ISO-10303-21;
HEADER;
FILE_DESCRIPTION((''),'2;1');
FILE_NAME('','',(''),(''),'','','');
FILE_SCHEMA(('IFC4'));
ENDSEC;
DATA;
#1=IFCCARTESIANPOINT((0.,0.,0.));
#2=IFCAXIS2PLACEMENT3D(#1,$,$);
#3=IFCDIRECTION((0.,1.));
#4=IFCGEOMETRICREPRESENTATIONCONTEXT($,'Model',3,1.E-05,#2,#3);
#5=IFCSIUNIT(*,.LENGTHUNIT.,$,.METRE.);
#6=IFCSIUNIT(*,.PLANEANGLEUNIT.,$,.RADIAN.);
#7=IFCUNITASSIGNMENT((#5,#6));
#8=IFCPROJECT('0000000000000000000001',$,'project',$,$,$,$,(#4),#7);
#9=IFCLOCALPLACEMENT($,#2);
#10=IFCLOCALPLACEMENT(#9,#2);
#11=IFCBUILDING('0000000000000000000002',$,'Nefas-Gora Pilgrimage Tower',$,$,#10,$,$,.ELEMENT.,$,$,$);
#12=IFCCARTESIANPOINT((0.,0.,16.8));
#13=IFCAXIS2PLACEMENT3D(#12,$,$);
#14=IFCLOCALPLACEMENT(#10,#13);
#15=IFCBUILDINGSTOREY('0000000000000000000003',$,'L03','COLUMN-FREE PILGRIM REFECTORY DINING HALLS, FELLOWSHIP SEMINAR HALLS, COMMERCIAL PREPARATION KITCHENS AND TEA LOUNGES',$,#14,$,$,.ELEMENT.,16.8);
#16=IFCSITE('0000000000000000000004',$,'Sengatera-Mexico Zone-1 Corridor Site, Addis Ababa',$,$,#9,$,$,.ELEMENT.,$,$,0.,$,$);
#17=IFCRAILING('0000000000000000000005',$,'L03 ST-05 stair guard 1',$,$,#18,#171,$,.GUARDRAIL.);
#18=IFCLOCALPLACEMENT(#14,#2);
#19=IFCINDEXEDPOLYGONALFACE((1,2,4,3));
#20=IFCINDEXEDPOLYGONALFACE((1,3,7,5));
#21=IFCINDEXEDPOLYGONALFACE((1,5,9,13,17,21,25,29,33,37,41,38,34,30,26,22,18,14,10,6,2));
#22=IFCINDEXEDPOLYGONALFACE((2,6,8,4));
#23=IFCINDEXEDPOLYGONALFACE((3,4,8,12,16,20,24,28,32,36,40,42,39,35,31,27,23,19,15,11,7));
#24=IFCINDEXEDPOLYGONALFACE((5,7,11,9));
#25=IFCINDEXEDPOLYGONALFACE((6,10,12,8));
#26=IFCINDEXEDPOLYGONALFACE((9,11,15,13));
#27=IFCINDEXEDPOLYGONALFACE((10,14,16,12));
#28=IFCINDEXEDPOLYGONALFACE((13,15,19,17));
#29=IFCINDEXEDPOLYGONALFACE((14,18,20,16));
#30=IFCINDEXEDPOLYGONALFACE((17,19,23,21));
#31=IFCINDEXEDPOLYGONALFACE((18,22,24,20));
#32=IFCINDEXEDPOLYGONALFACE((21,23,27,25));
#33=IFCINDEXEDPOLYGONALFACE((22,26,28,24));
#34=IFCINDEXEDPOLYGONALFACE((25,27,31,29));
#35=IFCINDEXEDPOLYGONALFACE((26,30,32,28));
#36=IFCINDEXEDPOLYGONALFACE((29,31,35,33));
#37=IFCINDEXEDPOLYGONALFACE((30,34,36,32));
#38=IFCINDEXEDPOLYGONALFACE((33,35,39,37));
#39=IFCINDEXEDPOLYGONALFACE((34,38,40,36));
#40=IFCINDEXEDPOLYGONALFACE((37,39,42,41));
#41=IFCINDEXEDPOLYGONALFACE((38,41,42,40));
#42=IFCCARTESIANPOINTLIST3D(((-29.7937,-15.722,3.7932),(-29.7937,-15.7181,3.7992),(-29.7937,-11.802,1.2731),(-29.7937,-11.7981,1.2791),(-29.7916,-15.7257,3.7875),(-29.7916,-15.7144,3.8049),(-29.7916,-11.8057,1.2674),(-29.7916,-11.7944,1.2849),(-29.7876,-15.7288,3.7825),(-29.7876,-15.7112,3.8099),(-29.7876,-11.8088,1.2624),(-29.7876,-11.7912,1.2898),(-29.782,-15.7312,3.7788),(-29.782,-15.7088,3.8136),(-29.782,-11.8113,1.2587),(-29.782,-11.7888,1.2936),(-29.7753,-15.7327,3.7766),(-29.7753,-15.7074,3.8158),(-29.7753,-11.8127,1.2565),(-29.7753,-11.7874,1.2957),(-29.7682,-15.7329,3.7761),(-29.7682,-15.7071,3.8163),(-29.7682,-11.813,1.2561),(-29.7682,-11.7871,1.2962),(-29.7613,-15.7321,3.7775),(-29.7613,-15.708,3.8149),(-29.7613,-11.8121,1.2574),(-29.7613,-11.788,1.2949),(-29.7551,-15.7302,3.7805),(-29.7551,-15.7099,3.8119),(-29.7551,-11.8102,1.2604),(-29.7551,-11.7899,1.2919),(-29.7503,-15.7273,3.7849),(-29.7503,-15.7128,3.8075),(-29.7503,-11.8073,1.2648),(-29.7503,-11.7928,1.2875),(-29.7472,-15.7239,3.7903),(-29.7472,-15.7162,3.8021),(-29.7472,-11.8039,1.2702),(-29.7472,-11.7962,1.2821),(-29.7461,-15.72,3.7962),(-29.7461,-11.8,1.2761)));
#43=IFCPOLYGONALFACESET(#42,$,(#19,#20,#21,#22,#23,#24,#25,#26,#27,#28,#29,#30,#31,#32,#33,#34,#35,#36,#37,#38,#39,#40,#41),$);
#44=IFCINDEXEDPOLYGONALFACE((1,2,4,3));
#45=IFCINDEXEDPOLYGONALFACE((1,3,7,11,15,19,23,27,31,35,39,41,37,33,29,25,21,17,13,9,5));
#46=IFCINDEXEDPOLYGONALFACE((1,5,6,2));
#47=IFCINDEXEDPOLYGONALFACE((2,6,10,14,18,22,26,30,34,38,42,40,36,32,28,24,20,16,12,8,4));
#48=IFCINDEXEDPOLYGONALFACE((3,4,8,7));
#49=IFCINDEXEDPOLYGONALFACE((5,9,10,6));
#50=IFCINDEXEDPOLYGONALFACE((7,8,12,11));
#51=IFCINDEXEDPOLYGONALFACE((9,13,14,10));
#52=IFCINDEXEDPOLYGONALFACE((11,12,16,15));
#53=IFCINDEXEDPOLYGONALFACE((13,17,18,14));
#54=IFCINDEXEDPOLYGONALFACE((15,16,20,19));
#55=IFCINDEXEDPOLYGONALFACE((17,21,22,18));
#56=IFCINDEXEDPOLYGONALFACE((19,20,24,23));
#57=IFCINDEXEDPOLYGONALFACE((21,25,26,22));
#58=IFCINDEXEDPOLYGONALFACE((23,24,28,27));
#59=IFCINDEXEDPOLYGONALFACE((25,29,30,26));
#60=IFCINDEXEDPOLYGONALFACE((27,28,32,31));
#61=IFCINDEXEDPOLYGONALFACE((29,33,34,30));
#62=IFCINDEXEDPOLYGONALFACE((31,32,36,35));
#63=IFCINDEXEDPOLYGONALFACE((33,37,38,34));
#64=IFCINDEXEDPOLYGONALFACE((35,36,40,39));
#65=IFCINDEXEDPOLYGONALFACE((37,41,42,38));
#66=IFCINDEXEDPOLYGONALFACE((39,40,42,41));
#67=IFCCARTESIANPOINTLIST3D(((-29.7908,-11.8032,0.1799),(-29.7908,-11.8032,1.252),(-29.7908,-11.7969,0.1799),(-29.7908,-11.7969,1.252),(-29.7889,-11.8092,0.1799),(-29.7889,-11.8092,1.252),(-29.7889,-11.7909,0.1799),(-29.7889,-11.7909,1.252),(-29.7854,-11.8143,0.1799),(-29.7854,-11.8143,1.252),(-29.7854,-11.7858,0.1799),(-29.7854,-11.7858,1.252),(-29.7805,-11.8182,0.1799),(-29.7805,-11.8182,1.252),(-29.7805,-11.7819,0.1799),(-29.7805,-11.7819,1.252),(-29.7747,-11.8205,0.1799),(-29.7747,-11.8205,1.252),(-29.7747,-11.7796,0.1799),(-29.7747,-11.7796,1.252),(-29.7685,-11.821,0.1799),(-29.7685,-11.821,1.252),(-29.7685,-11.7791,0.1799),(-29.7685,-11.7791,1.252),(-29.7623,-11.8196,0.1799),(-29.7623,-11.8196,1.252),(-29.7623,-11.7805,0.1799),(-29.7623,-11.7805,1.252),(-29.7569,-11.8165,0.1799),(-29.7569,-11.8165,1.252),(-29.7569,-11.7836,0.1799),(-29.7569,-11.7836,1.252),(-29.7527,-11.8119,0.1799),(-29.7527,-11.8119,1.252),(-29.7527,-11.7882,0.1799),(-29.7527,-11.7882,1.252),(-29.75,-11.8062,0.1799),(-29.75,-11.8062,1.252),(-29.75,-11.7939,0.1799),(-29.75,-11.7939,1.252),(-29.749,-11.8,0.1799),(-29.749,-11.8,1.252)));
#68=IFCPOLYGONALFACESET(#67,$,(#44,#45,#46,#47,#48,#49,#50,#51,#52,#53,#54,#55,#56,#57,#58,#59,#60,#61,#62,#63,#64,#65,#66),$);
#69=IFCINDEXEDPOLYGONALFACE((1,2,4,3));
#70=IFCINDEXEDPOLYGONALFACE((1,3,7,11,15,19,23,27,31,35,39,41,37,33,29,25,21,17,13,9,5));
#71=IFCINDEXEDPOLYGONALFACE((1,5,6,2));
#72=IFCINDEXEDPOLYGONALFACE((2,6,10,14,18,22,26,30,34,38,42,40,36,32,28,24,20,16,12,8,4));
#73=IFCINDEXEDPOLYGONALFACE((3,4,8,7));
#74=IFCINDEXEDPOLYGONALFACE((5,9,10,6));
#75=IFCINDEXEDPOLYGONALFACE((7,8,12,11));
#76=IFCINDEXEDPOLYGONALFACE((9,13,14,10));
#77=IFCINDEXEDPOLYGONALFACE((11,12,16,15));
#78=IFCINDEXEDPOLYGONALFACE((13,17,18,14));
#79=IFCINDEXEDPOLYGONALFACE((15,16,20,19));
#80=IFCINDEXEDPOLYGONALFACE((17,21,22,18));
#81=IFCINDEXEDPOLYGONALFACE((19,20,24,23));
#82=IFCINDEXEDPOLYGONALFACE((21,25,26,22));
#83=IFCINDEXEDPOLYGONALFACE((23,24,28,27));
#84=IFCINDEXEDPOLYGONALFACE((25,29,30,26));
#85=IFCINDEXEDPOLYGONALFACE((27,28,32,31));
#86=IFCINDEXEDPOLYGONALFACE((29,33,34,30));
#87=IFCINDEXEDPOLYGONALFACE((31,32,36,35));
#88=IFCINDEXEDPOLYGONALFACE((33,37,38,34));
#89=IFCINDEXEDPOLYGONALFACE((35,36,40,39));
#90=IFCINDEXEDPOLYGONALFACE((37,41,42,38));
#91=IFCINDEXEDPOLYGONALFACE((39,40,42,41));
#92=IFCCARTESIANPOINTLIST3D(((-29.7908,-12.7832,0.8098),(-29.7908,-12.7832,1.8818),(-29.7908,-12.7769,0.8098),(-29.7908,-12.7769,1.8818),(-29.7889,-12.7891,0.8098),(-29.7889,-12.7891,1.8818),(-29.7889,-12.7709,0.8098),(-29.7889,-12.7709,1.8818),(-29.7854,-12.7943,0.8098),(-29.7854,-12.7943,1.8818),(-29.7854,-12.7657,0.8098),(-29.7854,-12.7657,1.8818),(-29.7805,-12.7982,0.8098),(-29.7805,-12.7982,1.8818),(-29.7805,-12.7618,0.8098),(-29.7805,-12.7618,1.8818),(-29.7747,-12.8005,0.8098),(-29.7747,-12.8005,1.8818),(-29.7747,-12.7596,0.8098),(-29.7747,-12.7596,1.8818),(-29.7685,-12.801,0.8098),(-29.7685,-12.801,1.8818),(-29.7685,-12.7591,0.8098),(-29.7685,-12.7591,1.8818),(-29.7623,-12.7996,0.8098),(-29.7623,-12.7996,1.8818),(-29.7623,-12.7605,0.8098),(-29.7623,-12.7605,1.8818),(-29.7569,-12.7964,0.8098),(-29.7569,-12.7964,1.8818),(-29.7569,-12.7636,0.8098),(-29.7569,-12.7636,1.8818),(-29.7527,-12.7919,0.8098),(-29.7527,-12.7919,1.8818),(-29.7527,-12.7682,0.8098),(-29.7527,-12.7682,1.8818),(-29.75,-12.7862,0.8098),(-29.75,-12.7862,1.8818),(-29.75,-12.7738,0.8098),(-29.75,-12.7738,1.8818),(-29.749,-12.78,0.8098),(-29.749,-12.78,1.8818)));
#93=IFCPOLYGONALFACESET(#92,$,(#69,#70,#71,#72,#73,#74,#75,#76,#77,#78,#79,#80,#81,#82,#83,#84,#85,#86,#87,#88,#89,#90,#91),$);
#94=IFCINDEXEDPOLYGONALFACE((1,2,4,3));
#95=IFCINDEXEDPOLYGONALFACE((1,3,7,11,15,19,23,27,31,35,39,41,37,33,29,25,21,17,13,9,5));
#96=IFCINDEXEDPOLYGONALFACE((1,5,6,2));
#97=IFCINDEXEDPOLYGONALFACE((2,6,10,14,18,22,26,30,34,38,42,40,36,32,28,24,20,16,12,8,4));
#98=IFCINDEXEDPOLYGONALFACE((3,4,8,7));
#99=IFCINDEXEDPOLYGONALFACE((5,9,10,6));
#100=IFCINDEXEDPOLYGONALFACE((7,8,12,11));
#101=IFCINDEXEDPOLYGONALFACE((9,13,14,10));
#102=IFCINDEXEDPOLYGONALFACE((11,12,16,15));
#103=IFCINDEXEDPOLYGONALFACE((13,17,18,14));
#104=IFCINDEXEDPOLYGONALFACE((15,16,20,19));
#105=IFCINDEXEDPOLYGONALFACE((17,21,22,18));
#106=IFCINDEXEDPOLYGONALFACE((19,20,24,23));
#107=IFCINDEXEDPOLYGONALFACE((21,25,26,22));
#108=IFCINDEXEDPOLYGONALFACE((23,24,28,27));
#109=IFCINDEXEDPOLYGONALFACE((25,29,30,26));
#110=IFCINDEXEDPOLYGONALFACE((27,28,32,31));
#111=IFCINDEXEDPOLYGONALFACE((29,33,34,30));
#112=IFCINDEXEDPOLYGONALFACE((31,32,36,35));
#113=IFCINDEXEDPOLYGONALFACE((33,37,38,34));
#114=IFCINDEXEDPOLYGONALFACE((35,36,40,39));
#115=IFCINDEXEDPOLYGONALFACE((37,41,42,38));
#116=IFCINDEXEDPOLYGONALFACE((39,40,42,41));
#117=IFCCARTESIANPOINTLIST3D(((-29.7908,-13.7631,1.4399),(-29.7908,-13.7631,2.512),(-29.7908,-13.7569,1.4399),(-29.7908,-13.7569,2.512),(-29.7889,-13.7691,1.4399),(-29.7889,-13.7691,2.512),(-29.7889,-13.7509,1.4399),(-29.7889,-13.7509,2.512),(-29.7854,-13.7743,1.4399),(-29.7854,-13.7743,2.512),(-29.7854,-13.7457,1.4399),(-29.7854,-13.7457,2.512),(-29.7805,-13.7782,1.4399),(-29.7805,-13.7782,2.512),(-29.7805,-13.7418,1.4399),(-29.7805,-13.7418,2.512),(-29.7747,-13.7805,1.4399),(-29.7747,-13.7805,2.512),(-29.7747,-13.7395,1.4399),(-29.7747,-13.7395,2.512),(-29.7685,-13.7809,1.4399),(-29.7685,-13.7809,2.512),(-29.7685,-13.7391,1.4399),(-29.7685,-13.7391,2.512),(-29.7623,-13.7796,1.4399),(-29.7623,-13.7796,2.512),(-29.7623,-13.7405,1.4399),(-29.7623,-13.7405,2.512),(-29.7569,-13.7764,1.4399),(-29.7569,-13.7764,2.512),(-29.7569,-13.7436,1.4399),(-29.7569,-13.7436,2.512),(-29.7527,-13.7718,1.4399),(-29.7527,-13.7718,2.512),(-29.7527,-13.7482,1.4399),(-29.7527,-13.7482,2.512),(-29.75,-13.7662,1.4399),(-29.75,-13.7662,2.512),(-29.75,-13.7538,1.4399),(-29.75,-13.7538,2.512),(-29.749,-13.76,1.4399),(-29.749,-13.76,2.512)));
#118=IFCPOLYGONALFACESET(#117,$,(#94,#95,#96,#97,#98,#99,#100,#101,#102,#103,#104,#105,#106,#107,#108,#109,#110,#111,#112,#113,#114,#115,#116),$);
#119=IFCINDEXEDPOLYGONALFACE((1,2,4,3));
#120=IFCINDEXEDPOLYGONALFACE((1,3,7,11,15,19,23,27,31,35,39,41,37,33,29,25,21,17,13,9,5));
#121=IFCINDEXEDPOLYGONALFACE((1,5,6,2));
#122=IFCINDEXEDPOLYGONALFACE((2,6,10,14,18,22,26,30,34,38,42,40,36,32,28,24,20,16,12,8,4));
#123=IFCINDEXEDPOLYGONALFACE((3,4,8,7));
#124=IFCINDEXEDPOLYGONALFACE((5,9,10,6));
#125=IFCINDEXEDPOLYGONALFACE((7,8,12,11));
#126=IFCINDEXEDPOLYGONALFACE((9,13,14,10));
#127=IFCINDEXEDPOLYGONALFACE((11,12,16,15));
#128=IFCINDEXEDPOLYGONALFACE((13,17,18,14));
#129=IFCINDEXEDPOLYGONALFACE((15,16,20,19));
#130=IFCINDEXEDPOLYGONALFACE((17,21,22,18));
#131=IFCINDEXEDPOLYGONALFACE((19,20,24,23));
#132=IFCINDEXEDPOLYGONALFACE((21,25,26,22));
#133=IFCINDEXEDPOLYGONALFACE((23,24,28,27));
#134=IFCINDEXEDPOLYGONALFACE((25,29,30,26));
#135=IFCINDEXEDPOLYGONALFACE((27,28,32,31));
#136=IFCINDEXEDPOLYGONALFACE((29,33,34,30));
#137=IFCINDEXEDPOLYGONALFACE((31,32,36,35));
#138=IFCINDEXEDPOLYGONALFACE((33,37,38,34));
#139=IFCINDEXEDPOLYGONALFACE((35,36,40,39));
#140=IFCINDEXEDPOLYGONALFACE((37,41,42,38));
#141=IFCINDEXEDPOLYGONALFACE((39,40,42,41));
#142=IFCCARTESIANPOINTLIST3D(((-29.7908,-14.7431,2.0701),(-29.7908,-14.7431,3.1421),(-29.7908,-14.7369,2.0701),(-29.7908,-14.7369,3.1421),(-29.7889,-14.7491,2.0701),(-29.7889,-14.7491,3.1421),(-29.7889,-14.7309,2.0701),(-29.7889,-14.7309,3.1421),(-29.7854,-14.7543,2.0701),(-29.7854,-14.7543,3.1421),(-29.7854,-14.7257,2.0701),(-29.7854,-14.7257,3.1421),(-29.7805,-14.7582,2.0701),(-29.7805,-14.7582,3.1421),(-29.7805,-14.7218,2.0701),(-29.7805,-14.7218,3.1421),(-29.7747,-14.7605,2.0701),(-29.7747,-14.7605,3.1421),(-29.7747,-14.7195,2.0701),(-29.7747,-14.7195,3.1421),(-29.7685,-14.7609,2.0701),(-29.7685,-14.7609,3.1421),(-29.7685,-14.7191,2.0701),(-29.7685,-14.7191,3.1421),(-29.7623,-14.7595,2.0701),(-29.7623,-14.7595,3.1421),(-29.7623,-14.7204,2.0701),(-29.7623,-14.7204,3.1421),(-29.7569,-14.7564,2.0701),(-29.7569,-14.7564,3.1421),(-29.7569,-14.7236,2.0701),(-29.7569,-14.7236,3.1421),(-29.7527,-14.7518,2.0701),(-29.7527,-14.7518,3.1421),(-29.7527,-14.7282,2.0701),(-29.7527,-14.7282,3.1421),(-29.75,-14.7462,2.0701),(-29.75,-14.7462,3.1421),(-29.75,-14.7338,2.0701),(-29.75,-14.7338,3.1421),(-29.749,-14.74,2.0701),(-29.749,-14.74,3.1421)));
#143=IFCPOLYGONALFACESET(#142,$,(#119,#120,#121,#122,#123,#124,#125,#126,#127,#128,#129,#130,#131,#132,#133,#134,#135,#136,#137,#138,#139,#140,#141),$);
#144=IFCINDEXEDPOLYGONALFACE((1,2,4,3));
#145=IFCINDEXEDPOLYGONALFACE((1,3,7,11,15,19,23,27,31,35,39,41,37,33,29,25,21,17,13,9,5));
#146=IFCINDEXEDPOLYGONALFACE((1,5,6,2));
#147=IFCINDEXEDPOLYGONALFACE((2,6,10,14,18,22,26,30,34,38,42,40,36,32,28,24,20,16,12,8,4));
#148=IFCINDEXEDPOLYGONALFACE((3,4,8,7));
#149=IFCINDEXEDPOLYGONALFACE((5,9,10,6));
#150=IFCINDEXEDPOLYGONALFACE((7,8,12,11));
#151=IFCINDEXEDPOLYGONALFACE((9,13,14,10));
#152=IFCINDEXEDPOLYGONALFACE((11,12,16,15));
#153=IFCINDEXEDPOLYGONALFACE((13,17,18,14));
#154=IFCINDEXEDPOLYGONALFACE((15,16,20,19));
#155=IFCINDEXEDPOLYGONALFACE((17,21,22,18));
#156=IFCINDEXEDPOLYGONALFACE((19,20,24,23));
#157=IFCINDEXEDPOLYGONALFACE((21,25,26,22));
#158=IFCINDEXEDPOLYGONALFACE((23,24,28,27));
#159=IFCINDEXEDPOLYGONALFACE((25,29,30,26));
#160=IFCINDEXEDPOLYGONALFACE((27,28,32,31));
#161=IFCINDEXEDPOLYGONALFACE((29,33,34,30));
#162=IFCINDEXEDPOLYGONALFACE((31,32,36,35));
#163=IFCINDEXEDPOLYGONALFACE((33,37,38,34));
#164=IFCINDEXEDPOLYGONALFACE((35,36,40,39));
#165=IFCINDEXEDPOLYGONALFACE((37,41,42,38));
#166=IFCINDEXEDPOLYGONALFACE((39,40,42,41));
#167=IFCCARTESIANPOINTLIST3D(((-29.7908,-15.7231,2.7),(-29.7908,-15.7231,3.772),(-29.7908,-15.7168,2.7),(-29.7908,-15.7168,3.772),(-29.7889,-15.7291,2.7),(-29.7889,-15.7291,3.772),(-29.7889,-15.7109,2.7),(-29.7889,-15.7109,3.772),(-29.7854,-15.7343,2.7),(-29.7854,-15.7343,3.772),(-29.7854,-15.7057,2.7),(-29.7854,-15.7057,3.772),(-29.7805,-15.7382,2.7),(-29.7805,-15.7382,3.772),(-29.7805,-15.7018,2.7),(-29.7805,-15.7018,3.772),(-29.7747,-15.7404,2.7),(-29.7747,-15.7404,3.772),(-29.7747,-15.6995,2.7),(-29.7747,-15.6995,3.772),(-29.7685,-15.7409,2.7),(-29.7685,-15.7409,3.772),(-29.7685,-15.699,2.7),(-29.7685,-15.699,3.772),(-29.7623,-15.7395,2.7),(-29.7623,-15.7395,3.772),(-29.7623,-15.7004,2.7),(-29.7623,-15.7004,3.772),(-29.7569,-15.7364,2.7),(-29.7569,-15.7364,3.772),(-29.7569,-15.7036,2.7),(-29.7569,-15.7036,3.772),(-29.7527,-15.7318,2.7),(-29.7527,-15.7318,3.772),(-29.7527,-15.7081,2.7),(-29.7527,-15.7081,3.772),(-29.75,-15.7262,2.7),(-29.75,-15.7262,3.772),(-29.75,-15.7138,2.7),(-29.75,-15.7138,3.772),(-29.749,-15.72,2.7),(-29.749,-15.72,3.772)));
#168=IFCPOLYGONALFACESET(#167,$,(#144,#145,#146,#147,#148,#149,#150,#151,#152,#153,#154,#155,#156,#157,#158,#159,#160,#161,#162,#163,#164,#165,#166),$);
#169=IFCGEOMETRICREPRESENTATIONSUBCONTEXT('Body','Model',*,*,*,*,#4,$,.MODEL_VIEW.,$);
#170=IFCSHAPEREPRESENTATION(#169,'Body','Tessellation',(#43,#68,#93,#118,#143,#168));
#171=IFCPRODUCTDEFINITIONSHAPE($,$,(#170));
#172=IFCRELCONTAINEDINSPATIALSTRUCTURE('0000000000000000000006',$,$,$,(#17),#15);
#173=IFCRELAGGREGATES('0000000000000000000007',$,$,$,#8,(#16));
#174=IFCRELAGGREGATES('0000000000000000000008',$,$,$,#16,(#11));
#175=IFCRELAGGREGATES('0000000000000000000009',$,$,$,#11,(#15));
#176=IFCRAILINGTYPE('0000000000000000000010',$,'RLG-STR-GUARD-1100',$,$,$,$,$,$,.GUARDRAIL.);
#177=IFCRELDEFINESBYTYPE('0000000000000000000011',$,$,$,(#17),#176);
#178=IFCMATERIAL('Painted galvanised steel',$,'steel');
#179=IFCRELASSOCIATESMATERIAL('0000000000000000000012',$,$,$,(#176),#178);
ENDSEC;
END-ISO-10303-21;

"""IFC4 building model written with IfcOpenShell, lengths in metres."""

from ifc_helpers import new_model, si_unit, direction, frame, origin, origin_2d, place, context, subcontext, project, spatial, circle, extrude, material, type_object, element, save


model = new_model("IFC4")

# Units and contexts
model_context = context("Model", 3, precision=1e-05, world=origin(), true_north=direction((0.0, 1.0)))
body_context = subcontext(model_context, "Body", "Model", "MODEL_VIEW")
ifc_project = project(units=[si_unit("LENGTHUNIT", "METRE"), si_unit("PLANEANGLEUNIT", "RADIAN")], contexts=[model_context])

# Site, building, storey
site_placement = place(None, origin())
site = spatial("IfcSite", under=ifc_project, at=site_placement, Name="Sengatera-Mexico Zone-1 Corridor Site, Addis Ababa", CompositionType="ELEMENT", RefElevation=0.0)
building_placement = place(site_placement, origin())
building = spatial("IfcBuilding", under=site, at=building_placement, Name="Nefas-Gora Pilgrimage Tower", CompositionType="ELEMENT")
storey_placement = place(building_placement, frame((0.0, 0.0, 16.8)))
storey = spatial("IfcBuildingStorey", under=building, at=storey_placement, Name="L03", Description="COLUMN-FREE PILGRIM REFECTORY DINING HALLS, FELLOWSHIP SEMINAR HALLS, COMMERCIAL PREPARATION KITCHENS AND TEA LOUNGES", CompositionType="ELEMENT", Elevation=16.8)

# Railing
ifc_material_1 = material(Name="Painted galvanised steel", Category="steel")
railing_type_1 = type_object("IfcRailingType", Name="RLG-STR-GUARD-1100", PredefinedType="GUARDRAIL", material=ifc_material_1)
railing_1_placement = place(storey_placement, frame((-29.77, -11.8, 0.1799)))
element("IfcRailing", 1, at=railing_1_placement, inside=storey, type_object=railing_type_1, Name="L03 ST-05 stair guard 1", PredefinedType="GUARDRAIL", context=body_context, shape_type="SweptSolid", body=[
    extrude(circle(Radius=0.0239, at=origin_2d()), frame((0.0, 0.0, 1.0962), z_axis=(0.0, -0.841172, 0.540768), x_axis=(1.0, 0.0, 0.0)), (0.0, 0.0, 1.0), 4.6602),
    extrude(circle(Radius=0.021, at=origin_2d()), origin(), (0.0, 0.0, 1.0), 1.072),
    extrude(circle(Radius=0.021, at=origin_2d()), frame((0.0, -0.98, 0.6299)), (0.0, 0.0, 1.0), 1.072),
    extrude(circle(Radius=0.021, at=origin_2d()), frame((0.0, -1.96, 1.26)), (0.0, 0.0, 1.0), 1.072),
    extrude(circle(Radius=0.021, at=origin_2d()), frame((0.0, -2.9399, 1.8901)), (0.0, 0.0, 1.0), 1.072),
    extrude(circle(Radius=0.021, at=origin_2d()), frame((0.0, -3.9199, 2.52)), (0.0, 0.0, 1.0), 1.072),
])

save(model, "model.ifc")
